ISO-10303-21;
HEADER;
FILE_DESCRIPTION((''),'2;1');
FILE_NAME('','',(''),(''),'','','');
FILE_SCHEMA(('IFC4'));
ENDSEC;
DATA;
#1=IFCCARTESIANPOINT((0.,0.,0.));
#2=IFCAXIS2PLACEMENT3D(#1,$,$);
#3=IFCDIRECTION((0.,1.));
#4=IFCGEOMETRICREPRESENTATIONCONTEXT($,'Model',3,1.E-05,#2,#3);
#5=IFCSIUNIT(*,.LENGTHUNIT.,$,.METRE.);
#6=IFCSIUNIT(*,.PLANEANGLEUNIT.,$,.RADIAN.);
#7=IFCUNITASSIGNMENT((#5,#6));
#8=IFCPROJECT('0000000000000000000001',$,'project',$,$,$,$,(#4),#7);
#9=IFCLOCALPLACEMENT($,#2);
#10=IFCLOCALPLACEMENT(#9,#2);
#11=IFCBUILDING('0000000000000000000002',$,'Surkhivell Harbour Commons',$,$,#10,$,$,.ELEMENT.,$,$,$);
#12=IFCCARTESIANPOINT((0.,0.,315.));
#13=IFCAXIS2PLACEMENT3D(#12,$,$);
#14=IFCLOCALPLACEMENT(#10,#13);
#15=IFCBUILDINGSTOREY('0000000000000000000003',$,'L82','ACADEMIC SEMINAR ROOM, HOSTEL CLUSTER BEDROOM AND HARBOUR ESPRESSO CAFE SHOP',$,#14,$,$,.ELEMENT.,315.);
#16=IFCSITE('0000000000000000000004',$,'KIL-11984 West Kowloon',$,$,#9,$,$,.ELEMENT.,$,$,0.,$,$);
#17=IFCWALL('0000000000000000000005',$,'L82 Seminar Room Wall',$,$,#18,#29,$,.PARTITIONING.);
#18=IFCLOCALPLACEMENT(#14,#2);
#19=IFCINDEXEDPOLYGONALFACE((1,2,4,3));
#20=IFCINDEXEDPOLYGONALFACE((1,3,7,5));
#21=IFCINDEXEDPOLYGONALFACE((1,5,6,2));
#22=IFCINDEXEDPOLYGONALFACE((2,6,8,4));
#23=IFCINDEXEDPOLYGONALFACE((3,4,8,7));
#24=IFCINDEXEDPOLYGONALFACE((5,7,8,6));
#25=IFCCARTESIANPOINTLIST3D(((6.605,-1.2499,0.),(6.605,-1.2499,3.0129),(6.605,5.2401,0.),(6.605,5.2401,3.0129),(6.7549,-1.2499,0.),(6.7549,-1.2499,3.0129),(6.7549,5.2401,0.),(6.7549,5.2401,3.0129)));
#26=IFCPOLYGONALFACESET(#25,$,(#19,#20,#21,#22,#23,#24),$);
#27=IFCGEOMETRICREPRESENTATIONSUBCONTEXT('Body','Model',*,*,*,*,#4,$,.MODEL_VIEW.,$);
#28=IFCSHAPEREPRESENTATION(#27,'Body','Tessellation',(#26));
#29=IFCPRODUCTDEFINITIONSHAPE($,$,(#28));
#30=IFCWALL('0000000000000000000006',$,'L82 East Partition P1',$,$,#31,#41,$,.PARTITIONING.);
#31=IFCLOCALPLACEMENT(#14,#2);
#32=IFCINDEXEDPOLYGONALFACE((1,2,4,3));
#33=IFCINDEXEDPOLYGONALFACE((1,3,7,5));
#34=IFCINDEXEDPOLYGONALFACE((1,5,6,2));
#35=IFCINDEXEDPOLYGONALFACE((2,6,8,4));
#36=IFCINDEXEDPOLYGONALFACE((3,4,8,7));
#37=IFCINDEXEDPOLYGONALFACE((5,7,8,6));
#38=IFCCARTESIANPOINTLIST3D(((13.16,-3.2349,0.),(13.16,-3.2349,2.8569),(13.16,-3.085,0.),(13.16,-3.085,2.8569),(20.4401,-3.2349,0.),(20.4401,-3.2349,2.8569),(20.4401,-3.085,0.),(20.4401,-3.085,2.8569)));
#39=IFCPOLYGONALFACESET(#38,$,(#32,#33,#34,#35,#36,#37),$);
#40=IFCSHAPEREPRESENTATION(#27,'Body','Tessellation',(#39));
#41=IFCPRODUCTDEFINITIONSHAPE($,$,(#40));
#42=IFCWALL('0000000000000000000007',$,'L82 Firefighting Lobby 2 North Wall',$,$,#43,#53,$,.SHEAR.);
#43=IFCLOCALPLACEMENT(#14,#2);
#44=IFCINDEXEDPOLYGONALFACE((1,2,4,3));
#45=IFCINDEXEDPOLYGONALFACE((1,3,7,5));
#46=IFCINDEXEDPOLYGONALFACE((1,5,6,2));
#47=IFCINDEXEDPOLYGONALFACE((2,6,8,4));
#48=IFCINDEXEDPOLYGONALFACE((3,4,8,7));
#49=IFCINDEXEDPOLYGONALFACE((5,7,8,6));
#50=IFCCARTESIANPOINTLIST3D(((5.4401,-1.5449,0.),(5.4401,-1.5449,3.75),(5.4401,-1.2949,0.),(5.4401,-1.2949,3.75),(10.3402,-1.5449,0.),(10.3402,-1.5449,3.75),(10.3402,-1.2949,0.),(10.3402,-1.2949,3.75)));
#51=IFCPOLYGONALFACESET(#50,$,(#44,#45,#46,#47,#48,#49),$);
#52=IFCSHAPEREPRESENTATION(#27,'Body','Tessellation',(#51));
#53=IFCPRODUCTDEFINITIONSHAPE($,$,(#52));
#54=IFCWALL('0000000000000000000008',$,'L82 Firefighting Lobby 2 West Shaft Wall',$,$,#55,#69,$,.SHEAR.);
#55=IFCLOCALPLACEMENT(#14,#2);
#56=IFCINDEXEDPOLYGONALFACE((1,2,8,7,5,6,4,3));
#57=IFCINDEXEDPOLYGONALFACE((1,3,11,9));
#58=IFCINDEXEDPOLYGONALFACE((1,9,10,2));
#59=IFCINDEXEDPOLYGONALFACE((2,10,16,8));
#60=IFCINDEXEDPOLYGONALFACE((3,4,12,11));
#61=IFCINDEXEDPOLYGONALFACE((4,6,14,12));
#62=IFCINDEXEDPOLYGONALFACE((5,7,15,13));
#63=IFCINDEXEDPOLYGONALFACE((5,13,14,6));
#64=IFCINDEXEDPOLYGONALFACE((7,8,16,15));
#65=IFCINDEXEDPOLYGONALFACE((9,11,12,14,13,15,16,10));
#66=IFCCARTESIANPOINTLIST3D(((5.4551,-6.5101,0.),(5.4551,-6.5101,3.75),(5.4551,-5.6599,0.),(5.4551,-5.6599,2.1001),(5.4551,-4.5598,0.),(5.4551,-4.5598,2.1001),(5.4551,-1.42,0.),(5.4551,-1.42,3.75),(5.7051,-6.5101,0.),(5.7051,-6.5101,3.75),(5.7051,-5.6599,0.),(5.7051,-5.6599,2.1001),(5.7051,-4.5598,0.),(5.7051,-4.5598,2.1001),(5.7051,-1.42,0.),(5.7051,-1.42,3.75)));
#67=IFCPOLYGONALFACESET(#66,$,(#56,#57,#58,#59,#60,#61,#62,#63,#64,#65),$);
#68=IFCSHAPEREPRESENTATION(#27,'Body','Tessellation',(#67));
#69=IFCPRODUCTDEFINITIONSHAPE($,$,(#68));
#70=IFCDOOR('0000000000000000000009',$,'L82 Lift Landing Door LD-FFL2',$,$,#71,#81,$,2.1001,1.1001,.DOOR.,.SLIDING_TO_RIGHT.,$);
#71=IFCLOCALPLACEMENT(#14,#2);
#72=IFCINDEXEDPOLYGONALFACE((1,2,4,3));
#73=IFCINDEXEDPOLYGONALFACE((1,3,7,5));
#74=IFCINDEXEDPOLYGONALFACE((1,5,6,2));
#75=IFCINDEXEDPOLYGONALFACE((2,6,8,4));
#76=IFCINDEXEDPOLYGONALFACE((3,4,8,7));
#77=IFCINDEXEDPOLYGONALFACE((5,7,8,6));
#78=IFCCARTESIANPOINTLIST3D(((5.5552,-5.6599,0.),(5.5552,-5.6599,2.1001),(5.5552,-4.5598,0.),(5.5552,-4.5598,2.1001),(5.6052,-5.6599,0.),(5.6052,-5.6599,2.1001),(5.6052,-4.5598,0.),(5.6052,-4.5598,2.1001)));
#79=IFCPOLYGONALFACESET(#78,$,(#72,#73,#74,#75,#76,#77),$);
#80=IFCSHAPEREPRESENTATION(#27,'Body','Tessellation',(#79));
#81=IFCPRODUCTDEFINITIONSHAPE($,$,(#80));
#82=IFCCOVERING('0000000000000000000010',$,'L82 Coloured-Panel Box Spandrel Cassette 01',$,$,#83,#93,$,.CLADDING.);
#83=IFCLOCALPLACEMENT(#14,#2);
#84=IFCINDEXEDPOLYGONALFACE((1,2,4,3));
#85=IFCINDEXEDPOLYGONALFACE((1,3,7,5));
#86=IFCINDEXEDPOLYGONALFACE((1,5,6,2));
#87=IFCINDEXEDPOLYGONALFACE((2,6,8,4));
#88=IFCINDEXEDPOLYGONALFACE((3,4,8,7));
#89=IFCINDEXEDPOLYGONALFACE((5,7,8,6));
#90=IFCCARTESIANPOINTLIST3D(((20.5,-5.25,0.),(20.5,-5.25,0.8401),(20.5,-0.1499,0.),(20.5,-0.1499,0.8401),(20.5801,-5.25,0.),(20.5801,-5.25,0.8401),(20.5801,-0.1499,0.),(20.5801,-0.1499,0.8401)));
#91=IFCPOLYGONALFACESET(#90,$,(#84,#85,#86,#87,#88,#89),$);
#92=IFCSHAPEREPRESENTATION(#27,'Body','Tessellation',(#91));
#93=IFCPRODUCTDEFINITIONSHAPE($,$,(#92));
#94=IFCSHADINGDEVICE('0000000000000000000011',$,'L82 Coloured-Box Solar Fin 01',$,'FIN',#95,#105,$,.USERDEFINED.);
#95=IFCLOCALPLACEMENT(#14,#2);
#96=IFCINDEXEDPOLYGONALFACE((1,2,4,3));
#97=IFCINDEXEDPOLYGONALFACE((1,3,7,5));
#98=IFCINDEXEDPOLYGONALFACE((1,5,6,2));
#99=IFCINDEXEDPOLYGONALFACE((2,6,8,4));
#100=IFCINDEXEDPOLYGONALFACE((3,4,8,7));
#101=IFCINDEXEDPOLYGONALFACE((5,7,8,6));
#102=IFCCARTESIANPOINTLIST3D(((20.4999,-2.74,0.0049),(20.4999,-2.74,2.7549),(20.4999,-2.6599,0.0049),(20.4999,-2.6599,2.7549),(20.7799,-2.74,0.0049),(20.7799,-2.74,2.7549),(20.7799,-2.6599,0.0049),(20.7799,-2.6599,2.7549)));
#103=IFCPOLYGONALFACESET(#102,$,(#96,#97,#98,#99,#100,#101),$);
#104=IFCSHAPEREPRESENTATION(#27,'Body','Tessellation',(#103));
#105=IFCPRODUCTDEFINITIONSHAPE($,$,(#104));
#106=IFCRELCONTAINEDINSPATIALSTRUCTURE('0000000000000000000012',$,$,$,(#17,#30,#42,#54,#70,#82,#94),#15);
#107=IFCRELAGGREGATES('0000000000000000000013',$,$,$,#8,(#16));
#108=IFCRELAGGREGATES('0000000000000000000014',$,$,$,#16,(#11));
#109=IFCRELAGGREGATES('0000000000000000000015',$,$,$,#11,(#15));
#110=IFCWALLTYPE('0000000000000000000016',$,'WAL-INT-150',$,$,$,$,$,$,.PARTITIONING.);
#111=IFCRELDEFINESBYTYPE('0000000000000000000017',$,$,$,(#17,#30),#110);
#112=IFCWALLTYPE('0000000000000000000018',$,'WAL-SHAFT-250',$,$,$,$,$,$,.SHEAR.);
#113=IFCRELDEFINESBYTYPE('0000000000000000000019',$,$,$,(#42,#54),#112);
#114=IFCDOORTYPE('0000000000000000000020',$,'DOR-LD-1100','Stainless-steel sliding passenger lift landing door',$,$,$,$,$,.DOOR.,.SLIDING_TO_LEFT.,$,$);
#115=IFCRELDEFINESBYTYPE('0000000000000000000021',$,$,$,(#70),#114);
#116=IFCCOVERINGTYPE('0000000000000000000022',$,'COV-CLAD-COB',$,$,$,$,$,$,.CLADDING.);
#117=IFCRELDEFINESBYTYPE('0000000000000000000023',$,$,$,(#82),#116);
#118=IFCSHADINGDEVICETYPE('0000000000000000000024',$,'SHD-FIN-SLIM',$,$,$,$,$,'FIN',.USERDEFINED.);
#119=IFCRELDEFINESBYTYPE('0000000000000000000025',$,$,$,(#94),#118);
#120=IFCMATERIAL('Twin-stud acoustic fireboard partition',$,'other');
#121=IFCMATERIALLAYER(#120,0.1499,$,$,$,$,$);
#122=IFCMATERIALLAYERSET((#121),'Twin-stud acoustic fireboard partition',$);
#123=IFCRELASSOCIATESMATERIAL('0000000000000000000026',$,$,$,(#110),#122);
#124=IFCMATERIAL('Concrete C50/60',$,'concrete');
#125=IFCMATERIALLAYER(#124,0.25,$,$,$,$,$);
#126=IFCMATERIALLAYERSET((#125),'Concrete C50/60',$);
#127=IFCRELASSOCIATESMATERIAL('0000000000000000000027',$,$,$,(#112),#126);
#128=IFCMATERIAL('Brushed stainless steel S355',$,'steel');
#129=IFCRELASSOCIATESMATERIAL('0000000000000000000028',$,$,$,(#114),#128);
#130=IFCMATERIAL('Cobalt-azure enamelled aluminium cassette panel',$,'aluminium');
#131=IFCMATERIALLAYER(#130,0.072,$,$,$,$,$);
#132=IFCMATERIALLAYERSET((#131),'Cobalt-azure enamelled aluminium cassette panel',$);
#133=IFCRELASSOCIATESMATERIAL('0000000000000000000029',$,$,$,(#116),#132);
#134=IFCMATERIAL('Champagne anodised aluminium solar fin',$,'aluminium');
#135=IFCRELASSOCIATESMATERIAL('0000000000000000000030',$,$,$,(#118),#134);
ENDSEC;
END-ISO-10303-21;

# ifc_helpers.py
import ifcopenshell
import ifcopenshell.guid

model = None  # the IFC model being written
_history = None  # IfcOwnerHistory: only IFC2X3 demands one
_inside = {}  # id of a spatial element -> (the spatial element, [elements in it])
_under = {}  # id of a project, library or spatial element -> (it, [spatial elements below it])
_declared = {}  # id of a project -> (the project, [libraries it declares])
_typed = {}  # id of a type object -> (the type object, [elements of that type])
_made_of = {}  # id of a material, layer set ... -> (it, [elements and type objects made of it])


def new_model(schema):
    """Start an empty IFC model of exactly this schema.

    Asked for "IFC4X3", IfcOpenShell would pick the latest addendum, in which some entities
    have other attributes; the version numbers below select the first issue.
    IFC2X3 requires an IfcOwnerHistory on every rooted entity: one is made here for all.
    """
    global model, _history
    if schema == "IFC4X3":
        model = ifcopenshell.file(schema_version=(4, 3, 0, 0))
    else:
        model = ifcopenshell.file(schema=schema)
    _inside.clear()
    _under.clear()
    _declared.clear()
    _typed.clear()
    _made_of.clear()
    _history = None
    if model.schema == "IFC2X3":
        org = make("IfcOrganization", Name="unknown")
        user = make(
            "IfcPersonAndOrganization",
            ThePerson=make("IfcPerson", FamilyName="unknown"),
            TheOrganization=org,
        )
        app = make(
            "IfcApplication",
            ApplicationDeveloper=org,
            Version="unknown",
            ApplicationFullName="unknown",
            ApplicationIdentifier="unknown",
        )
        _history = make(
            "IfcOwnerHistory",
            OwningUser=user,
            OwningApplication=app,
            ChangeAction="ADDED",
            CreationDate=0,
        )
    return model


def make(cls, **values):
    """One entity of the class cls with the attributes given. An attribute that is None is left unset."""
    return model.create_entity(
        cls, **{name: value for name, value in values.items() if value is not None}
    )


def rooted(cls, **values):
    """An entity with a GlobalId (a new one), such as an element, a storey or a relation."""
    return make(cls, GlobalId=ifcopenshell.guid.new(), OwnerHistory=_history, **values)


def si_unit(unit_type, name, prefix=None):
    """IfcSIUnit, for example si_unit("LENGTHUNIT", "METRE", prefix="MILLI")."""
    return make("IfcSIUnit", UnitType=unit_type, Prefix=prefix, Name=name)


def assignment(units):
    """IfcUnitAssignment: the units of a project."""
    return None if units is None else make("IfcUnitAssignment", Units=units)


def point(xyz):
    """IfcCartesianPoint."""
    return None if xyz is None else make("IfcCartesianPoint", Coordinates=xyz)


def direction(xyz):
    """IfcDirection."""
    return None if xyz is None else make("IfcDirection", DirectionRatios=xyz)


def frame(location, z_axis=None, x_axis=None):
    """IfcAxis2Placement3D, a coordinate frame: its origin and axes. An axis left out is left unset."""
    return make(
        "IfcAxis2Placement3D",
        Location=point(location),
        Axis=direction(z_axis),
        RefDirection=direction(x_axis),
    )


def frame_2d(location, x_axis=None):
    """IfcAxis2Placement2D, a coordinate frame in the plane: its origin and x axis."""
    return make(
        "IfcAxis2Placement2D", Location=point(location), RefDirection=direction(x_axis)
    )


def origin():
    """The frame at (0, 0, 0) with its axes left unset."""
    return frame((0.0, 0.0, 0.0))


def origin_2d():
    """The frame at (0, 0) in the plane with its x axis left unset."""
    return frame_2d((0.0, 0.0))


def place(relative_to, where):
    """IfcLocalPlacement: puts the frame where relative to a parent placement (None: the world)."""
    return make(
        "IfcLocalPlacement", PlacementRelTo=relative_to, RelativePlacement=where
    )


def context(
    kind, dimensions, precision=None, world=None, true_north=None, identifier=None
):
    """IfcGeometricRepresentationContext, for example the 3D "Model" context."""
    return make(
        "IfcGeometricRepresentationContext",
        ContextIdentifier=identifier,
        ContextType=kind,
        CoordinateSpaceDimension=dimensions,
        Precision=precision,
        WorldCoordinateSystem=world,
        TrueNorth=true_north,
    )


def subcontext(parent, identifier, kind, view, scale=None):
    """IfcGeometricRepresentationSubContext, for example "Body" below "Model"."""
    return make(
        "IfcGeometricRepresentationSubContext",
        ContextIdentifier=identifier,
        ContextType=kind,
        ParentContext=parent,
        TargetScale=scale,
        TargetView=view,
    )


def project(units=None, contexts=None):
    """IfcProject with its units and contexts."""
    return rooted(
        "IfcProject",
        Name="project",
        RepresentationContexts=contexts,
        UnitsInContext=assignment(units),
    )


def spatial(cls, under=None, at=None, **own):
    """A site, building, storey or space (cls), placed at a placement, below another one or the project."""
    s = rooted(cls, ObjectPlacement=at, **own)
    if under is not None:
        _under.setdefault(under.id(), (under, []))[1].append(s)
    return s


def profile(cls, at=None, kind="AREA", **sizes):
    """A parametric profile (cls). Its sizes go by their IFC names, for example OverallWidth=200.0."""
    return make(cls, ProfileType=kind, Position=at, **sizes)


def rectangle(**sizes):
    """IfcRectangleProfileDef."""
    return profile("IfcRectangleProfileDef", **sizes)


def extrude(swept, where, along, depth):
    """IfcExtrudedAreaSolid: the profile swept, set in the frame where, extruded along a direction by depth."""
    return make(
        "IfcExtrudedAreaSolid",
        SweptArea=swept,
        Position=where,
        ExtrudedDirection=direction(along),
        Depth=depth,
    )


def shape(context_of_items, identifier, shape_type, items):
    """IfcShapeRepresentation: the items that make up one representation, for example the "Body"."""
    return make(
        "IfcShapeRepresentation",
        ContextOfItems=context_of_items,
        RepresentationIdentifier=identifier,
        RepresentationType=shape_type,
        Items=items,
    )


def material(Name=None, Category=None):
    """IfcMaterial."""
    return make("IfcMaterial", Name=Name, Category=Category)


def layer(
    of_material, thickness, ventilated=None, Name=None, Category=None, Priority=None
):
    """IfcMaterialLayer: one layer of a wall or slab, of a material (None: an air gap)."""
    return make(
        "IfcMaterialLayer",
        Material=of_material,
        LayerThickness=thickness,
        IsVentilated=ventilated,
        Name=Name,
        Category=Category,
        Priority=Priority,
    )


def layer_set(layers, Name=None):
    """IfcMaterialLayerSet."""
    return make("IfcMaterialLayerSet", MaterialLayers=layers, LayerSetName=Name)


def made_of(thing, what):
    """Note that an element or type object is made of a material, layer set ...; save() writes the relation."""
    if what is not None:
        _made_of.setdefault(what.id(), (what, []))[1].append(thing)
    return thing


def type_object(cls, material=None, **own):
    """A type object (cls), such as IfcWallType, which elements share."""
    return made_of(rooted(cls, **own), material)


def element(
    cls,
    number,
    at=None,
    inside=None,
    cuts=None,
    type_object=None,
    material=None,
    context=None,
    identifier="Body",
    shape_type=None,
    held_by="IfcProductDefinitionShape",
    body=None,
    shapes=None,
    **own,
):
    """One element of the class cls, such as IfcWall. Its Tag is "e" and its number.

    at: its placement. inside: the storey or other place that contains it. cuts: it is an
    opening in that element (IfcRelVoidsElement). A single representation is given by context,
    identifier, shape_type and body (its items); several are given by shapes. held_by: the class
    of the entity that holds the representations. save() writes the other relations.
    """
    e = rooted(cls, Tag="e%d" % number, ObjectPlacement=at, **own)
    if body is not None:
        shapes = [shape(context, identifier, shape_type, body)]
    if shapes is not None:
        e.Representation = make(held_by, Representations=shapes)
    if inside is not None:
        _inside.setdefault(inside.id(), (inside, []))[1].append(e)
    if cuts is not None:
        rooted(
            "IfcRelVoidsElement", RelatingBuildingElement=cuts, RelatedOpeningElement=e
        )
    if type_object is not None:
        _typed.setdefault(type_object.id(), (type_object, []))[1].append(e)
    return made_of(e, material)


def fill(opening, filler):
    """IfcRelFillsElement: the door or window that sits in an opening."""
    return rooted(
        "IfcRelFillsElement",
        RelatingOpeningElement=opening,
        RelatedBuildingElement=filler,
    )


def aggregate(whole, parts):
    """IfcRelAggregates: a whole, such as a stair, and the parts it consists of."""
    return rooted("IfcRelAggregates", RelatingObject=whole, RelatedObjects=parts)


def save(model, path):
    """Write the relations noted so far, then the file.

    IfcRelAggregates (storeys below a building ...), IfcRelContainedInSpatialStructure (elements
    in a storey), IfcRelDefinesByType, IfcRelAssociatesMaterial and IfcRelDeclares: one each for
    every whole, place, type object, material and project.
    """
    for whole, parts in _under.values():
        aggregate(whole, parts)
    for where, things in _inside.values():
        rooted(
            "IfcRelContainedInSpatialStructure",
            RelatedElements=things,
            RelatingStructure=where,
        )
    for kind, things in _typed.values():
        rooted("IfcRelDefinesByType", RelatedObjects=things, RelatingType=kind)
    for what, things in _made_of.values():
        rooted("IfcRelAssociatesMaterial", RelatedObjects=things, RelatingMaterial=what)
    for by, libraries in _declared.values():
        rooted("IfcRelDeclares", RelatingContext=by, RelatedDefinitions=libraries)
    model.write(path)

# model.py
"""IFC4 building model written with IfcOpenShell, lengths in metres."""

from ifc_helpers import new_model, si_unit, direction, frame, frame_2d, origin, origin_2d, place, context, subcontext, project, spatial, rectangle, extrude, material, layer, layer_set, type_object, element, fill, save


model = new_model("IFC4")

# Units and contexts
model_context = context("Model", 3, precision=1e-05, world=origin(), true_north=direction((0.0, 1.0)))
body_context = subcontext(model_context, "Body", "Model", "MODEL_VIEW")
ifc_project = project(units=[si_unit("LENGTHUNIT", "METRE"), si_unit("PLANEANGLEUNIT", "RADIAN")], contexts=[model_context])

# Site, building, storey
site_placement = place(None, origin())
site = spatial("IfcSite", under=ifc_project, at=site_placement, Name="KIL-11984 West Kowloon", CompositionType="ELEMENT", RefElevation=0.0)
building_placement = place(site_placement, origin())
building = spatial("IfcBuilding", under=site, at=building_placement, Name="Surkhivell Harbour Commons", CompositionType="ELEMENT")
storey_placement = place(building_placement, frame((0.0, 0.0, 315.0)))
storey = spatial("IfcBuildingStorey", under=building, at=storey_placement, Name="L82", Description="ACADEMIC SEMINAR ROOM, HOSTEL CLUSTER BEDROOM AND HARBOUR ESPRESSO CAFE SHOP", CompositionType="ELEMENT", Elevation=315.0)

# Shared definitions
ifc_material_1 = material(Name="Concrete C50/60", Category="concrete")

# Walls
ifc_material_2 = material(Name="Twin-stud acoustic fireboard partition", Category="other")
ifc_layer_1 = layer(ifc_material_2, 0.1499)
ifc_layer_set_1 = layer_set([ifc_layer_1], Name="Twin-stud acoustic fireboard partition")
wall_type_1 = type_object("IfcWallType", Name="WAL-INT-150", PredefinedType="PARTITIONING", material=ifc_layer_set_1)
wall_1_placement = place(storey_placement, frame((6.6799, -1.25, 0.0), z_axis=(0.0, 0.0, 1.0), x_axis=(0.0, 1.0, 0.0)))
element("IfcWall", 1, at=wall_1_placement, inside=storey, type_object=wall_type_1, Name="L82 Seminar Room Wall", PredefinedType="PARTITIONING", context=body_context, shape_type="SweptSolid", body=[
    extrude(rectangle(XDim=6.49, YDim=0.1499, at=frame_2d((3.2451, 0.0))), origin(), (0.0, 0.0, 1.0), 3.0129),
])
wall_2_placement = place(storey_placement, frame((13.1599, -3.1599, 0.0), z_axis=(0.0, 0.0, 1.0), x_axis=(1.0, 0.0, 0.0)))
element("IfcWall", 2, at=wall_2_placement, inside=storey, type_object=wall_type_1, Name="L82 East Partition P1", PredefinedType="PARTITIONING", context=body_context, shape_type="SweptSolid", body=[
    extrude(rectangle(XDim=7.28, YDim=0.1499, at=frame_2d((3.6401, 0.0))), origin(), (0.0, 0.0, 1.0), 2.8569),
])
ifc_layer_2 = layer(ifc_material_1, 0.25)
ifc_layer_set_2 = layer_set([ifc_layer_2], Name="Concrete C50/60")
wall_type_2 = type_object("IfcWallType", Name="WAL-SHAFT-250", PredefinedType="SHEAR", material=ifc_layer_set_2)
wall_3_placement = place(storey_placement, frame((5.4399, -1.4199, 0.0), z_axis=(0.0, 0.0, 1.0), x_axis=(1.0, 0.0, 0.0)))
element("IfcWall", 3, at=wall_3_placement, inside=storey, type_object=wall_type_2, Name="L82 Firefighting Lobby 2 North Wall", PredefinedType="SHEAR", context=body_context, shape_type="SweptSolid", body=[
    extrude(rectangle(XDim=4.9001, YDim=0.25, at=frame_2d((2.4502, 0.0))), origin(), (0.0, 0.0, 1.0), 3.75),
])

# Wall, opening, door
wall_4_placement = place(storey_placement, frame((5.5801, -6.51, 0.0), z_axis=(0.0, 0.0, 1.0), x_axis=(0.0, 1.0, 0.0)))
wall_4 = element("IfcWall", 4, at=wall_4_placement, inside=storey, type_object=wall_type_2, Name="L82 Firefighting Lobby 2 West Shaft Wall", PredefinedType="SHEAR", context=body_context, shape_type="SweptSolid", body=[
    extrude(rectangle(XDim=5.0901, YDim=0.25, at=frame_2d((2.5449, 0.0))), origin(), (0.0, 0.0, 1.0), 3.75),
])
opening_1_placement = place(wall_4_placement, frame((0.8501, 0.0, 0.0)))
opening_1 = element("IfcOpeningElement", 5, at=opening_1_placement, cuts=wall_4, PredefinedType="OPENING", context=body_context, shape_type="SweptSolid", body=[
    extrude(rectangle(XDim=1.1001, YDim=2.1001, at=frame_2d((0.55, 1.05))), frame((0.0, 0.135, 0.0), z_axis=(0.0, -1.0, 0.0), x_axis=(1.0, 0.0, 0.0)), (0.0, 0.0, 1.0), 0.27),
])
ifc_material_3 = material(Name="Brushed stainless steel S355", Category="steel")
door_type_1 = type_object("IfcDoorType", Name="DOR-LD-1100", Description="Stainless-steel sliding passenger lift landing door", OperationType="SLIDING_TO_LEFT", PredefinedType="DOOR", material=ifc_material_3)
door_1_placement = place(opening_1_placement, origin())
door_1 = element("IfcDoor", 6, at=door_1_placement, inside=storey, type_object=door_type_1, Name="L82 Lift Landing Door LD-FFL2", OperationType="SLIDING_TO_RIGHT", OverallHeight=2.1001, OverallWidth=1.1001, PredefinedType="DOOR", context=body_context, shape_type="SweptSolid", body=[
    extrude(rectangle(XDim=1.1001, YDim=2.1001, at=frame_2d((0.55, 1.05))), frame((0.0, 0.0249, 0.0), z_axis=(0.0, -1.0, 0.0), x_axis=(1.0, 0.0, 0.0)), (0.0, 0.0, 1.0), 0.05),
])
fill(opening_1, door_1)

# Covering
ifc_material_4 = material(Name="Cobalt-azure enamelled aluminium cassette panel", Category="aluminium")
ifc_layer_3 = layer(ifc_material_4, 0.072)
ifc_layer_set_3 = layer_set([ifc_layer_3], Name="Cobalt-azure enamelled aluminium cassette panel")
covering_type = type_object("IfcCoveringType", Name="COV-CLAD-COB", PredefinedType="CLADDING", material=ifc_layer_set_3)
covering_placement = place(storey_placement, frame((20.54, -2.7, 0.0), z_axis=(0.0, 0.0, 1.0), x_axis=(1.0, 0.0, 0.0)))
element("IfcCovering", 7, at=covering_placement, inside=storey, type_object=covering_type, Name="L82 Coloured-Panel Box Spandrel Cassette 01", PredefinedType="CLADDING", context=body_context, shape_type="SweptSolid", body=[
    extrude(rectangle(XDim=0.0801, YDim=5.1001, at=origin_2d()), origin(), (0.0, 0.0, 1.0), 0.8401),
])

# Shading device
ifc_material_5 = material(Name="Champagne anodised aluminium solar fin", Category="aluminium")
shading_device_type = type_object("IfcShadingDeviceType", Name="SHD-FIN-SLIM", ElementType="FIN", PredefinedType="USERDEFINED", material=ifc_material_5)
shading_device_placement = place(storey_placement, frame((20.6399, -2.7, 0.0049), z_axis=(0.0, 0.0, 1.0), x_axis=(1.0, 0.0, 0.0)))
element("IfcShadingDevice", 8, at=shading_device_placement, inside=storey, type_object=shading_device_type, Name="L82 Coloured-Box Solar Fin 01", ObjectType="FIN", PredefinedType="USERDEFINED", context=body_context, shape_type="SweptSolid", body=[
    extrude(rectangle(XDim=0.28, YDim=0.0801, at=origin_2d()), origin(), (0.0, 0.0, 1.0), 2.75),
])

save(model, "model.ifc")
